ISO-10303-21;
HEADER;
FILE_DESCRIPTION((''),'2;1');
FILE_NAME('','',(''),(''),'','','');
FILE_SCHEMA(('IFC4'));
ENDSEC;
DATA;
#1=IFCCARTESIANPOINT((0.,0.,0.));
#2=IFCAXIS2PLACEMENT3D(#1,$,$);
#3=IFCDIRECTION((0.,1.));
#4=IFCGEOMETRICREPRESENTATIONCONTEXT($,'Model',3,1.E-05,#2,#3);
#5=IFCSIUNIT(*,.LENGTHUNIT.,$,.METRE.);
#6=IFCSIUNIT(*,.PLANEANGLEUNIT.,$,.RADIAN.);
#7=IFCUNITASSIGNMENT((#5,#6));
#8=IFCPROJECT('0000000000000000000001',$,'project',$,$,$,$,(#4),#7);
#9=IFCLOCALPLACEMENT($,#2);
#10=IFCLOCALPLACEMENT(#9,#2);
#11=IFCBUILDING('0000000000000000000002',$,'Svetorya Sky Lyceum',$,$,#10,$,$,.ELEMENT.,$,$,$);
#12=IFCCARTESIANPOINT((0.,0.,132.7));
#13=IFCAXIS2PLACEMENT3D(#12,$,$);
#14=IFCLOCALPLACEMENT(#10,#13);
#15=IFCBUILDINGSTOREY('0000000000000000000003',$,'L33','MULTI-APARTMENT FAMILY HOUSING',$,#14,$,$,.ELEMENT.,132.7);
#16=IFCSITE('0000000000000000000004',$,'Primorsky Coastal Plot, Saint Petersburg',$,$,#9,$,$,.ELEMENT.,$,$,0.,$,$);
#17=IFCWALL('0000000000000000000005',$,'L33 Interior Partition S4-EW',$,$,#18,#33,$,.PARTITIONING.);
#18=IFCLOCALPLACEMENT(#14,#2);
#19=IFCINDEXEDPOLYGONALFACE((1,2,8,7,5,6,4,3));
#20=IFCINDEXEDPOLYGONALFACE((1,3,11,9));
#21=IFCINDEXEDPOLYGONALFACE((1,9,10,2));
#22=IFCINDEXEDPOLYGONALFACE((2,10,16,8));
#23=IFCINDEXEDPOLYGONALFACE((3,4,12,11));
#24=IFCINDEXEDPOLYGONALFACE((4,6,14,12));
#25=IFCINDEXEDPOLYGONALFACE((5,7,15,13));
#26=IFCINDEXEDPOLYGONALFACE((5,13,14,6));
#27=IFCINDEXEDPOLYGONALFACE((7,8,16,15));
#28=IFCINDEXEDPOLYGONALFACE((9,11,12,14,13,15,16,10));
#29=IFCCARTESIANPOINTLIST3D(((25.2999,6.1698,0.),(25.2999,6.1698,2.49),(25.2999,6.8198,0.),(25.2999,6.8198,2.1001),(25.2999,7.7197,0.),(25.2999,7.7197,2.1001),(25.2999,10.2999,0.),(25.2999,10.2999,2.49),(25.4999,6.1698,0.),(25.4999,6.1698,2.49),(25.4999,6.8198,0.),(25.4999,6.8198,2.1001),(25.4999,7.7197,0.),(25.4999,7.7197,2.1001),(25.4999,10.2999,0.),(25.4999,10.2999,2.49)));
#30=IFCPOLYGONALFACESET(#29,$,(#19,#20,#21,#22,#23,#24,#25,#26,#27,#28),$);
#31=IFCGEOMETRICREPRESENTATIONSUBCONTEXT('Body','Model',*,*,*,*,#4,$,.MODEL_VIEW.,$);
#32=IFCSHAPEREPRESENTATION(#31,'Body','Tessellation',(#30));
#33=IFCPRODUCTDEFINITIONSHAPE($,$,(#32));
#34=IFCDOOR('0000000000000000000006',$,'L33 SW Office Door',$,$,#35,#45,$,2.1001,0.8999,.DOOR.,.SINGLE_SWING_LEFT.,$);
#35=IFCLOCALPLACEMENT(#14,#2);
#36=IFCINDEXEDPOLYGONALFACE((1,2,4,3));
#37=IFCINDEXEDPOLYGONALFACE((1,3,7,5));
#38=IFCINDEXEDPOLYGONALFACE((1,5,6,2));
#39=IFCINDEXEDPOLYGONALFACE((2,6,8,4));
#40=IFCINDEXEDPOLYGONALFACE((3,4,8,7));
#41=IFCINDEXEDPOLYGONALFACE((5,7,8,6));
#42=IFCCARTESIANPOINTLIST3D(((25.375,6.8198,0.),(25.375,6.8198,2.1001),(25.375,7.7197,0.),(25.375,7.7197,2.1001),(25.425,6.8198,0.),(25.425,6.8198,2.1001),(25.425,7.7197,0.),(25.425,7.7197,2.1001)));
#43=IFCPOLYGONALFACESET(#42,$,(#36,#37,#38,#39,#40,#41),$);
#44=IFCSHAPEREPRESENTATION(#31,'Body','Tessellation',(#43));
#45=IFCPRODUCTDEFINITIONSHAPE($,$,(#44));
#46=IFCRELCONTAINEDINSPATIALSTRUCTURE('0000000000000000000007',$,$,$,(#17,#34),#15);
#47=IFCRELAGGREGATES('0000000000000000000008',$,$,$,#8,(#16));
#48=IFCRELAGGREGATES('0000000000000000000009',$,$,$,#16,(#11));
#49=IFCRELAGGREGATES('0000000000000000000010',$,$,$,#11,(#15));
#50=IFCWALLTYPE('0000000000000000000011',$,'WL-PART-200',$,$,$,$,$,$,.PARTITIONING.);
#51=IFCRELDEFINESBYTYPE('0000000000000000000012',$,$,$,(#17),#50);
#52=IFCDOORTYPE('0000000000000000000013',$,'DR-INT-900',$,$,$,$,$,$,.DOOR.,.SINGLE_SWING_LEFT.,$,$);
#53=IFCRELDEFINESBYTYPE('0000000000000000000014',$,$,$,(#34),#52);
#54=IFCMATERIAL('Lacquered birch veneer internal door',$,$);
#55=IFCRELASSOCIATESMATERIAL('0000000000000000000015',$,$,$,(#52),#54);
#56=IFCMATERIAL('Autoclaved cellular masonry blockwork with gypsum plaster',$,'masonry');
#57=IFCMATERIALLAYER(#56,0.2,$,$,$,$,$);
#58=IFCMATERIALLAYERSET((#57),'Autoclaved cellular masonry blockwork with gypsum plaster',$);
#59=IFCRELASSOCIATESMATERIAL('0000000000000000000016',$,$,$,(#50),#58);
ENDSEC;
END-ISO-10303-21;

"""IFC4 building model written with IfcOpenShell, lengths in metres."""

from ifc_helpers import new_model, si_unit, direction, frame, frame_2d, origin, place, context, subcontext, project, spatial, rectangle, extrude, material, layer, layer_set, type_object, element, fill, save


model = new_model("IFC4")

# Units and contexts
model_context = context("Model", 3, precision=1e-05, world=origin(), true_north=direction((0.0, 1.0)))
body_context = subcontext(model_context, "Body", "Model", "MODEL_VIEW")
ifc_project = project(units=[si_unit("LENGTHUNIT", "METRE"), si_unit("PLANEANGLEUNIT", "RADIAN")], contexts=[model_context])

# Site, building, storey
site_placement = place(None, origin())
site = spatial("IfcSite", under=ifc_project, at=site_placement, Name="Primorsky Coastal Plot, Saint Petersburg", CompositionType="ELEMENT", RefElevation=0.0)
building_placement = place(site_placement, origin())
building = spatial("IfcBuilding", under=site, at=building_placement, Name="Svetorya Sky Lyceum", CompositionType="ELEMENT")
storey_placement = place(building_placement, frame((0.0, 0.0, 132.7)))
storey = spatial("IfcBuildingStorey", under=building, at=storey_placement, Name="L33", Description="MULTI-APARTMENT FAMILY HOUSING", CompositionType="ELEMENT", Elevation=132.7)

# Shared definitions
ifc_material_1 = material(Name="Lacquered birch veneer internal door")
door_type_1 = type_object("IfcDoorType", Name="DR-INT-900", OperationType="SINGLE_SWING_LEFT", PredefinedType="DOOR", material=ifc_material_1)

# Shared definitions
ifc_material_2 = material(Name="Autoclaved cellular masonry blockwork with gypsum plaster", Category="masonry")
ifc_layer_1 = layer(ifc_material_2, 0.2)
ifc_layer_set_1 = layer_set([ifc_layer_1], Name="Autoclaved cellular masonry blockwork with gypsum plaster")
wall_type_1 = type_object("IfcWallType", Name="WL-PART-200", PredefinedType="PARTITIONING", material=ifc_layer_set_1)

# Wall, opening, door
wall_1_placement = place(storey_placement, frame((25.3999, 6.1699, 0.0), z_axis=(0.0, 0.0, 1.0), x_axis=(0.0, 1.0, 0.0)))
wall_1 = element("IfcWall", 1, at=wall_1_placement, inside=storey, type_object=wall_type_1, Name="L33 Interior Partition S4-EW", PredefinedType="PARTITIONING", context=body_context, shape_type="SweptSolid", body=[
    extrude(rectangle(XDim=4.1301, YDim=0.2, at=frame_2d((2.0649, 0.0))), origin(), (0.0, 0.0, 1.0), 2.49),
])
opening_1_placement = place(wall_1_placement, frame((0.6499, 0.0, 0.0)))
opening_1 = element("IfcOpeningElement", 2, at=opening_1_placement, cuts=wall_1, PredefinedType="OPENING", context=body_context, shape_type="SweptSolid", body=[
    extrude(rectangle(XDim=0.8999, YDim=2.1001, at=frame_2d((0.45, 1.05))), frame((0.0, 0.1099, 0.0), z_axis=(0.0, -1.0, 0.0), x_axis=(1.0, 0.0, 0.0)), (0.0, 0.0, 1.0), 0.22),
])
door_1_placement = place(opening_1_placement, origin())
door_1 = element("IfcDoor", 3, at=door_1_placement, inside=storey, type_object=door_type_1, Name="L33 SW Office Door", OperationType="SINGLE_SWING_LEFT", OverallHeight=2.1001, OverallWidth=0.8999, PredefinedType="DOOR", context=body_context, shape_type="SweptSolid", body=[
    extrude(rectangle(XDim=0.8999, YDim=2.1001, at=frame_2d((0.45, 1.05))), frame((0.0, 0.0249, 0.0), z_axis=(0.0, -1.0, 0.0), x_axis=(1.0, 0.0, 0.0)), (0.0, 0.0, 1.0), 0.05),
])
fill(opening_1, door_1)

save(model, "model.ifc")
